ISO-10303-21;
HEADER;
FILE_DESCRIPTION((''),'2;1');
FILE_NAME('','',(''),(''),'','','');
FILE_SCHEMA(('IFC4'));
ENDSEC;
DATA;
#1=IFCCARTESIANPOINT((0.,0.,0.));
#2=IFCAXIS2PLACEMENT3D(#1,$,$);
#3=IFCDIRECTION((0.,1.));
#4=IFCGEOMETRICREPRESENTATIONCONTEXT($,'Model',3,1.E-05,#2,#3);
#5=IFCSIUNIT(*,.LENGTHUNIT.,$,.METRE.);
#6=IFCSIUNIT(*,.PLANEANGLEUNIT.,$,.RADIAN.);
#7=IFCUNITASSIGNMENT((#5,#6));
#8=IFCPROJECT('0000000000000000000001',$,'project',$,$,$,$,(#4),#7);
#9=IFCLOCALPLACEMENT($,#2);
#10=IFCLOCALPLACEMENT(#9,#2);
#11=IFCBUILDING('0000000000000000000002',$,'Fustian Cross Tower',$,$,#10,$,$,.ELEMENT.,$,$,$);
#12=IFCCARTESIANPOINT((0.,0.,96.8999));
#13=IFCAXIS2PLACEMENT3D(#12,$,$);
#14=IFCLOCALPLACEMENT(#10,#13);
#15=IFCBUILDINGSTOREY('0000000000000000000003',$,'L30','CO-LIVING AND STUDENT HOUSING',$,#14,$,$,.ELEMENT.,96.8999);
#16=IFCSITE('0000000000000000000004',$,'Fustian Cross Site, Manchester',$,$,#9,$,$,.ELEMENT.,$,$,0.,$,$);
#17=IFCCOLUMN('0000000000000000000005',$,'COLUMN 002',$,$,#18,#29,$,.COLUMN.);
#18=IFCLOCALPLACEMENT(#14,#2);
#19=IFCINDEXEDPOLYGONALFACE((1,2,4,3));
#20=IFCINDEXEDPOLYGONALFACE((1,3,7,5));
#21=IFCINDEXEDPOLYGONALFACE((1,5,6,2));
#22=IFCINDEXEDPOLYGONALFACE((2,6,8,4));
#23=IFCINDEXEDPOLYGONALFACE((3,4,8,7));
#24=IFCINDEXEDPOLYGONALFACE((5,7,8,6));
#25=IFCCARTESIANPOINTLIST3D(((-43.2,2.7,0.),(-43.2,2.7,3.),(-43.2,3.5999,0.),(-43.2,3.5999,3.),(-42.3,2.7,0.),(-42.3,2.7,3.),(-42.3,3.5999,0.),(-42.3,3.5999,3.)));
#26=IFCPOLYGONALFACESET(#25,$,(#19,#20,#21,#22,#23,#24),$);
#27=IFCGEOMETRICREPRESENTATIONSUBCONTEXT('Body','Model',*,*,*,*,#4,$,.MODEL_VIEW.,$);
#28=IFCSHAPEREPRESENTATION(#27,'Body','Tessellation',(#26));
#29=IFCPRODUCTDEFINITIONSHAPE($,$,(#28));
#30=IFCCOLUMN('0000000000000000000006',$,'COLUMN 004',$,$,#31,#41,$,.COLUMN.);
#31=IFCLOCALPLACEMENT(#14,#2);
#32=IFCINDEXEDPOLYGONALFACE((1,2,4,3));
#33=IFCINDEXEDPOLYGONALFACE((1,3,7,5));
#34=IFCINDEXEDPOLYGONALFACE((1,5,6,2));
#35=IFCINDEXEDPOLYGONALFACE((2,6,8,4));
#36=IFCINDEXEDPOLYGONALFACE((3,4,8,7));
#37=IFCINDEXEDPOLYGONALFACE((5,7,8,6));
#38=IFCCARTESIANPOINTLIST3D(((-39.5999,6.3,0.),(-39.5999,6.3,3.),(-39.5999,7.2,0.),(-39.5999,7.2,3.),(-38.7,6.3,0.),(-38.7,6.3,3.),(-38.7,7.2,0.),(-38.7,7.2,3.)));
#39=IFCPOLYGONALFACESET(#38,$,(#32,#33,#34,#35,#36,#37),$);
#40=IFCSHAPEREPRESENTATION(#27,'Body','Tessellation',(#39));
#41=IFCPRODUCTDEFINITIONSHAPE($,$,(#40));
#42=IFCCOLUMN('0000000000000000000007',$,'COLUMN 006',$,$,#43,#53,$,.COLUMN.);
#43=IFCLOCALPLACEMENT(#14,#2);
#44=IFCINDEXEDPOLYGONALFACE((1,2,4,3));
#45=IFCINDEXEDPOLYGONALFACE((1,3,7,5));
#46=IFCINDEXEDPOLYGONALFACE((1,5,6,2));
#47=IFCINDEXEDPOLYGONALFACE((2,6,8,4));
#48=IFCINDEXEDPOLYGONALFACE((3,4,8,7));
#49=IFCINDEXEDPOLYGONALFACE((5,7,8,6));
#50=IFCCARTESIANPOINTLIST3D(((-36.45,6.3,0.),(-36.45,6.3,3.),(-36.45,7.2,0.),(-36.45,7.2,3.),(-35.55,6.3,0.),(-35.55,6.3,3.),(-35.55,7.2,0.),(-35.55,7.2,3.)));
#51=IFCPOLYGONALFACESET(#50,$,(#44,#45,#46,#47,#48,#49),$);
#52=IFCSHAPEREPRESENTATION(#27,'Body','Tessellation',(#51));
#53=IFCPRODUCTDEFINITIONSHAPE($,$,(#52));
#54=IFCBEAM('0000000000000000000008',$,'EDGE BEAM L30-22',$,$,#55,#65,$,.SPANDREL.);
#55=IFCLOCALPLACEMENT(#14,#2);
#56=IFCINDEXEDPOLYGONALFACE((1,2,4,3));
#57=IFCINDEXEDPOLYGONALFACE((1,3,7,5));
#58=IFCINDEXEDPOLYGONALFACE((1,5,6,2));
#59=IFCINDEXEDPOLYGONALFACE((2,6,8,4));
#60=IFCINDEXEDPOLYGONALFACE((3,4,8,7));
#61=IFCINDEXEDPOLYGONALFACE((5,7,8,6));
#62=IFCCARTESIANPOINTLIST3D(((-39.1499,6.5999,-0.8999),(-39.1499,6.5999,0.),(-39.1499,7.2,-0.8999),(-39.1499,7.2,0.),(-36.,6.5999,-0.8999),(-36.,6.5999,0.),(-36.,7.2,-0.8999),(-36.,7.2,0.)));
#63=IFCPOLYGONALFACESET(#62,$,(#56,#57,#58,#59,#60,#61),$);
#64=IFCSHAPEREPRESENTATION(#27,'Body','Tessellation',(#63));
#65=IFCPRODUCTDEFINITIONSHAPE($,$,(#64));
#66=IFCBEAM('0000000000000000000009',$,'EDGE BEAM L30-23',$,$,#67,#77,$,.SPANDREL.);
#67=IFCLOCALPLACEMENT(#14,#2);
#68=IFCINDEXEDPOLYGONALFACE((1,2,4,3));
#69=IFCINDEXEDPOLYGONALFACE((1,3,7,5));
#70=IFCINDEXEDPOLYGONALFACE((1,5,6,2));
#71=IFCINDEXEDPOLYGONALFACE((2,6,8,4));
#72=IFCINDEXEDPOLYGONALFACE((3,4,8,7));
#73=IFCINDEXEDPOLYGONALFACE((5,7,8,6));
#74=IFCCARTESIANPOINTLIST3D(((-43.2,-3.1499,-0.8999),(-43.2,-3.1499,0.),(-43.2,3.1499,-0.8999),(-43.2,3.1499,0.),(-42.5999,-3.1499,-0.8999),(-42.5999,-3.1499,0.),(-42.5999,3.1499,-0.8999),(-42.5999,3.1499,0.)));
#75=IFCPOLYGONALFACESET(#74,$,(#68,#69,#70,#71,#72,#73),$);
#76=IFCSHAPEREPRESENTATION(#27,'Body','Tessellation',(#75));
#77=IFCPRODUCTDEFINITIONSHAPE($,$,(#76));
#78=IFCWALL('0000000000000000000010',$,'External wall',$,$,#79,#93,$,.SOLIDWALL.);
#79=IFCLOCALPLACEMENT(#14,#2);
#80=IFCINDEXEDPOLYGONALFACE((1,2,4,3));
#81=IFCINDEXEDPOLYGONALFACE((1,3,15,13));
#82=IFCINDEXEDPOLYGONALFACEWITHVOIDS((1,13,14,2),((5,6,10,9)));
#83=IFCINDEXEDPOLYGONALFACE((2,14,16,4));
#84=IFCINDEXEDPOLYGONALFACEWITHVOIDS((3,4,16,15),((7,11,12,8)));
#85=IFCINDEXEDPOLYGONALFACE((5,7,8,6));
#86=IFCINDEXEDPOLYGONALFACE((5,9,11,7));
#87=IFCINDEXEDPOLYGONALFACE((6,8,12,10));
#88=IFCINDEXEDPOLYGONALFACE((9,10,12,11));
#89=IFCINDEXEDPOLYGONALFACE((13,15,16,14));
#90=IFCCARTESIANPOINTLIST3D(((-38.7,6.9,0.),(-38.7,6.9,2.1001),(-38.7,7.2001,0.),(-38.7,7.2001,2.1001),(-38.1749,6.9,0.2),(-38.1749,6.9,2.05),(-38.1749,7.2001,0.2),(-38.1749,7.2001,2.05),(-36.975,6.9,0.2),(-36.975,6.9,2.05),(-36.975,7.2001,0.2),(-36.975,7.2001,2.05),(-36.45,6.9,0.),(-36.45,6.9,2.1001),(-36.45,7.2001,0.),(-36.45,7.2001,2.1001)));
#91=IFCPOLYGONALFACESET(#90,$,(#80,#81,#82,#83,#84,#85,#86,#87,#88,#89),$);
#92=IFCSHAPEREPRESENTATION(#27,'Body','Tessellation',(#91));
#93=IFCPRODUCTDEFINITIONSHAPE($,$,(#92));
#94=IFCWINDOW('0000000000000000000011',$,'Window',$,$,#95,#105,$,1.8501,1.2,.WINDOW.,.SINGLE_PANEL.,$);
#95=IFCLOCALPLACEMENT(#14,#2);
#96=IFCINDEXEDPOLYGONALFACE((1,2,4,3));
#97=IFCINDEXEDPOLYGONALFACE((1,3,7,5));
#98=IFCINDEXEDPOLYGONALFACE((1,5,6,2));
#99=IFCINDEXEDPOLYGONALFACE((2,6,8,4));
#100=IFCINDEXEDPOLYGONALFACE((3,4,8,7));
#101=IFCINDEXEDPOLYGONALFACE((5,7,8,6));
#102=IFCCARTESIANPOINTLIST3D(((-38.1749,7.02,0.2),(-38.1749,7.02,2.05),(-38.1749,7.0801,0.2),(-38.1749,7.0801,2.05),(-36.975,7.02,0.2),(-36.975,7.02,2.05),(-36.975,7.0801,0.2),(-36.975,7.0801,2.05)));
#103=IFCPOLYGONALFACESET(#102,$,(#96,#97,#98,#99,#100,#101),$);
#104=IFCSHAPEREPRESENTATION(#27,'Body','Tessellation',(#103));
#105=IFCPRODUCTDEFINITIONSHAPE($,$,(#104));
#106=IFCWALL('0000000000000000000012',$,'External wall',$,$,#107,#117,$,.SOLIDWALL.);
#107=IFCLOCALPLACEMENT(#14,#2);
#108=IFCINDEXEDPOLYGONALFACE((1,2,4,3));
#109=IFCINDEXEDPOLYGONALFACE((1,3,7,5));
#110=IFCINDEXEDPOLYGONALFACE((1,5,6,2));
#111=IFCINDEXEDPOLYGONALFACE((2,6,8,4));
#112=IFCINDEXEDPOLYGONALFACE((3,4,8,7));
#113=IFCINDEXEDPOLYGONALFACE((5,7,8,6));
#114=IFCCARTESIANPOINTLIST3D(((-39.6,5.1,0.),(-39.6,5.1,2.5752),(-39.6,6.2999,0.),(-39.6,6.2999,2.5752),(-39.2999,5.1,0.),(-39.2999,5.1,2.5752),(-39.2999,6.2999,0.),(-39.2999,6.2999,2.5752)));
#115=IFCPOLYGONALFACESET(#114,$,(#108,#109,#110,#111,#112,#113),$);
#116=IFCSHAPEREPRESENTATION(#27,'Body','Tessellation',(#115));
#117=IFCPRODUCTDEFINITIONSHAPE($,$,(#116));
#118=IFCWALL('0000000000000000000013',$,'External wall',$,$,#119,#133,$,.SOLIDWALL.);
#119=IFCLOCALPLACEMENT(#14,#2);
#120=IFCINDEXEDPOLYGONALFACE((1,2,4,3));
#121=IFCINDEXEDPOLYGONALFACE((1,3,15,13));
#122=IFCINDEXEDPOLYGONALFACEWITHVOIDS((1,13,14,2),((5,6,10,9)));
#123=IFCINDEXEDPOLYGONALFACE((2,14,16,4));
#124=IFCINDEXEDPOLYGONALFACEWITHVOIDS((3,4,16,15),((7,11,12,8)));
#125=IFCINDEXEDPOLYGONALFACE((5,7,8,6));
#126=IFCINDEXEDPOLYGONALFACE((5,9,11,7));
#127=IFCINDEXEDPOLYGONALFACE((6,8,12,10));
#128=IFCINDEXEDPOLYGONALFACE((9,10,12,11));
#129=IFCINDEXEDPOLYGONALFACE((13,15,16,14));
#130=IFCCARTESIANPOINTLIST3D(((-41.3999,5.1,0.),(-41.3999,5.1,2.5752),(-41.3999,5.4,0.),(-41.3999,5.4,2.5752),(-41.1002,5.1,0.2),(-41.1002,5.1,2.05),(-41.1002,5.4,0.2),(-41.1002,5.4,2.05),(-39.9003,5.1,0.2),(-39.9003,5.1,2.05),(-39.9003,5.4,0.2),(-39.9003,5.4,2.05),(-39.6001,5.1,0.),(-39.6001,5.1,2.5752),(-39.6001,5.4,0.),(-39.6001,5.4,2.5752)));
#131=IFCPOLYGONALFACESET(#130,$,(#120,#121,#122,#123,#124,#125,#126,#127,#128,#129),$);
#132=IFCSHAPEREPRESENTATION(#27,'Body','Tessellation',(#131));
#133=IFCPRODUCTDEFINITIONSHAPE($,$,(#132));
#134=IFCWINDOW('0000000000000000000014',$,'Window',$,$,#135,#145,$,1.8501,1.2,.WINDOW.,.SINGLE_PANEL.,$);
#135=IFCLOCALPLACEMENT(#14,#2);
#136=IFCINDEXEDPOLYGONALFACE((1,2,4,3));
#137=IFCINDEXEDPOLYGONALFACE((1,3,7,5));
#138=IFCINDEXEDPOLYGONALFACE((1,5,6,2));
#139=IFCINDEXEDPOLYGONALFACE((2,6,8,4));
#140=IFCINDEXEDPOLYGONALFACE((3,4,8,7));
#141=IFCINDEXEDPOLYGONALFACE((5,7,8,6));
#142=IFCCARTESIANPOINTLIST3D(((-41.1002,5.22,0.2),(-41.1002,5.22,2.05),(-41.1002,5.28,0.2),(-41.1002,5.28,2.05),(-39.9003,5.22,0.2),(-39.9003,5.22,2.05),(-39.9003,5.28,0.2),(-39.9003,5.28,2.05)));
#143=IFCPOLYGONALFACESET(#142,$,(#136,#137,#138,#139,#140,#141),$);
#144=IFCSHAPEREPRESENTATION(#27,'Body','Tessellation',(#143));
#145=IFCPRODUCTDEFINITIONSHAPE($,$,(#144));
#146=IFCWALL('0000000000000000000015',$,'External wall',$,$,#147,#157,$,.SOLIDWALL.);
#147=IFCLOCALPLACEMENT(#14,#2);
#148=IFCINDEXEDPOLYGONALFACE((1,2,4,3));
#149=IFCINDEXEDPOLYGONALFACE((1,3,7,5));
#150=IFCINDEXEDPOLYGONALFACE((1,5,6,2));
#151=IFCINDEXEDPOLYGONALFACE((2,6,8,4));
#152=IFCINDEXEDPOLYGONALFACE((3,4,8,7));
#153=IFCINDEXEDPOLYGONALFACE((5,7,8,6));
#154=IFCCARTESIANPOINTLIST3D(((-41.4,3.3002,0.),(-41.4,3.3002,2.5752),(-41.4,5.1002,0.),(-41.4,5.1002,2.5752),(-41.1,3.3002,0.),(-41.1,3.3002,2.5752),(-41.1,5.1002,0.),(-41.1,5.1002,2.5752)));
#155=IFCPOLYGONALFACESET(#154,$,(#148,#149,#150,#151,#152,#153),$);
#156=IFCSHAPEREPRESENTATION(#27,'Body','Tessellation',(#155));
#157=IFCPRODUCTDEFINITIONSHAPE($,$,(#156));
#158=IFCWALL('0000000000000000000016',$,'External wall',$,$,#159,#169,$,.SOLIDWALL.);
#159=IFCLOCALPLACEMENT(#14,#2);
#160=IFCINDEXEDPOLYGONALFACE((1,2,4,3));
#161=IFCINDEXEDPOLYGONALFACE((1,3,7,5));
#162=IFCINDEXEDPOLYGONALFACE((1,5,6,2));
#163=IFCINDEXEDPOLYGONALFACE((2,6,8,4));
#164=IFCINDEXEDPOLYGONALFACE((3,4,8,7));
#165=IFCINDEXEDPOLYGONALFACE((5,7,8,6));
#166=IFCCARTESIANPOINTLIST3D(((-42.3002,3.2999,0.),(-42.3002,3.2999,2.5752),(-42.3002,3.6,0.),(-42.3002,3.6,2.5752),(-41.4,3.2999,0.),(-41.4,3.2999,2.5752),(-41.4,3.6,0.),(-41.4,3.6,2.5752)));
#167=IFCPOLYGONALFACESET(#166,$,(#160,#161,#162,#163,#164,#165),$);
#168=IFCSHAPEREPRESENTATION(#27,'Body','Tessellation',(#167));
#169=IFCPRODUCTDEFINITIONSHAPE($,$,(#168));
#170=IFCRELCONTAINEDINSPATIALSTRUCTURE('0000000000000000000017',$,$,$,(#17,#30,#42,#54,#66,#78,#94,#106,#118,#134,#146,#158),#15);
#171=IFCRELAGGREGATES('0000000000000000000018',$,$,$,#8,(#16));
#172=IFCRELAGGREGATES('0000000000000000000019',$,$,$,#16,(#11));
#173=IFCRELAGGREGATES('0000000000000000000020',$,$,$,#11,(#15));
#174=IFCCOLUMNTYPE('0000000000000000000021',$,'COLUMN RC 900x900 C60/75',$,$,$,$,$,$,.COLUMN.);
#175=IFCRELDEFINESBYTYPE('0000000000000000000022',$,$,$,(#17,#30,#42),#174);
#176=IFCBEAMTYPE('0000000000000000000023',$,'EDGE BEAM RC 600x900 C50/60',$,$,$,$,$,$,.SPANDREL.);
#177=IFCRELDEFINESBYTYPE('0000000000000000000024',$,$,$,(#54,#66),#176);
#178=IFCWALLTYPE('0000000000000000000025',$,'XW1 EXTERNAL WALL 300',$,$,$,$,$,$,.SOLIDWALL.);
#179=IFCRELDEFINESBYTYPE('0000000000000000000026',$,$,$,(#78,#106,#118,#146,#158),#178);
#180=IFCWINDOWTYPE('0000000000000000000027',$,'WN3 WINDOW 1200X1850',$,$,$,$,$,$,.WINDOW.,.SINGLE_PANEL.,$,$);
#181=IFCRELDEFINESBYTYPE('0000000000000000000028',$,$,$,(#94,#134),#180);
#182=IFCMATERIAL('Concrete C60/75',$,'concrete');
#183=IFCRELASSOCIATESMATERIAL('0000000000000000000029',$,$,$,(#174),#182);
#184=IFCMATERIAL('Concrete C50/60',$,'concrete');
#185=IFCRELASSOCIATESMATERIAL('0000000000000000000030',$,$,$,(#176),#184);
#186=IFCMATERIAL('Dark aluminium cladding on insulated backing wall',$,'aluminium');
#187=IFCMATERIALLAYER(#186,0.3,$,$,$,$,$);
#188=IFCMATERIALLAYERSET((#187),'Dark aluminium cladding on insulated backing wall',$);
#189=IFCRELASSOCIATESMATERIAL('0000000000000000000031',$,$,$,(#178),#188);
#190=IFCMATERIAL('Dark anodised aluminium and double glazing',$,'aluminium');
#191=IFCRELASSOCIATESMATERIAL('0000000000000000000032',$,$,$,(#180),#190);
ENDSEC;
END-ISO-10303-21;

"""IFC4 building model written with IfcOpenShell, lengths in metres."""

from ifc_helpers import new_model, si_unit, direction, frame, frame_2d, origin, origin_2d, place, context, subcontext, project, spatial, rectangle, extrude, material, layer, layer_set, material_profile, profile_set, type_object, element, fill, save


model = new_model("IFC4")

# Units and contexts
model_context = context("Model", 3, precision=1e-05, world=origin(), true_north=direction((0.0, 1.0)))
body_context = subcontext(model_context, "Body", "Model", "MODEL_VIEW")
ifc_project = project(units=[si_unit("LENGTHUNIT", "METRE"), si_unit("PLANEANGLEUNIT", "RADIAN")], contexts=[model_context])

# Site, building, storey
site_placement = place(None, origin())
site = spatial("IfcSite", under=ifc_project, at=site_placement, Name="Fustian Cross Site, Manchester", CompositionType="ELEMENT", RefElevation=0.0)
building_placement = place(site_placement, origin())
building = spatial("IfcBuilding", under=site, at=building_placement, Name="Fustian Cross Tower", CompositionType="ELEMENT")
storey_placement = place(building_placement, frame((0.0, 0.0, 96.8999)))
storey = spatial("IfcBuildingStorey", under=building, at=storey_placement, Name="L30", Description="CO-LIVING AND STUDENT HOUSING", CompositionType="ELEMENT", Elevation=96.8999)

# Columns
ifc_material_1 = material(Name="Concrete C60/75", Category="concrete")
ifc_material_profile_1 = material_profile(ifc_material_1, rectangle(XDim=0.8999, YDim=0.8999, at=origin_2d()), Name="RC 900x900")
ifc_profile_set_1 = profile_set([ifc_material_profile_1], Name="Concrete C60/75")
column_type = type_object("IfcColumnType", Name="COLUMN RC 900x900 C60/75", PredefinedType="COLUMN", material=ifc_profile_set_1)
for number, where, z_axis, x_axis, name in (
    (1, (-42.75, 3.1499, 0.0), (0.0, 0.0, 1.0), (1.0, 0.0, 0.0), "COLUMN 002"),
    (2, (-39.1499, 6.75, 0.0), (0.0, 0.0, 1.0), (1.0, 0.0, 0.0), "COLUMN 004"),
    (3, (-36.0, 6.75, 0.0), (0.0, 0.0, 1.0), (1.0, 0.0, 0.0), "COLUMN 006"),
):
    element("IfcColumn", number, at=place(storey_placement, frame(where, z_axis=z_axis, x_axis=x_axis)), inside=storey, type_object=column_type, Name=name, PredefinedType="COLUMN", context=body_context, shape_type="SweptSolid", body=[
        extrude(rectangle(XDim=0.8999, YDim=0.8999, at=origin_2d()), origin(), (0.0, 0.0, 1.0), 3.0),
    ])

# Beams
ifc_material_2 = material(Name="Concrete C50/60", Category="concrete")
ifc_material_profile_2 = material_profile(ifc_material_2, rectangle(XDim=0.6001, YDim=0.8999, at=origin_2d()), Name="RC 600x900")
ifc_profile_set_2 = profile_set([ifc_material_profile_2], Name="Concrete C50/60")
beam_type = type_object("IfcBeamType", Name="EDGE BEAM RC 600x900 C50/60", PredefinedType="SPANDREL", material=ifc_profile_set_2)
beam_1_placement = place(storey_placement, frame((-36.0, 6.8999, -0.45), z_axis=(-1.0, 0.0, 0.0), x_axis=(0.0, -1.0, 0.0)))
element("IfcBeam", 4, at=beam_1_placement, inside=storey, type_object=beam_type, Name="EDGE BEAM L30-22", PredefinedType="SPANDREL", context=body_context, shape_type="SweptSolid", body=[
    extrude(rectangle(XDim=0.6001, YDim=0.8999, at=origin_2d()), origin(), (0.0, 0.0, 1.0), 3.1499),
])
beam_2_placement = place(storey_placement, frame((-42.8999, 3.1499, -0.45), z_axis=(0.0, -1.0, 0.0), x_axis=(1.0, 0.0, 0.0)))
element("IfcBeam", 5, at=beam_2_placement, inside=storey, type_object=beam_type, Name="EDGE BEAM L30-23", PredefinedType="SPANDREL", context=body_context, shape_type="SweptSolid", body=[
    extrude(rectangle(XDim=0.6001, YDim=0.8999, at=origin_2d()), origin(), (0.0, 0.0, 1.0), 6.2998),
])

# Wall, opening, window
ifc_material_3 = material(Name="Dark aluminium cladding on insulated backing wall", Category="aluminium")
ifc_layer = layer(ifc_material_3, 0.3)
ifc_layer_set = layer_set([ifc_layer], Name="Dark aluminium cladding on insulated backing wall")
wall_type = type_object("IfcWallType", Name="XW1 EXTERNAL WALL 300", PredefinedType="SOLIDWALL", material=ifc_layer_set)
wall_1_placement = place(storey_placement, frame((-36.45, 7.05, 0.0), z_axis=(0.0, 0.0, 1.0), x_axis=(-1.0, 0.0, 0.0)))
wall_1 = element("IfcWall", 6, at=wall_1_placement, inside=storey, type_object=wall_type, Name="External wall", PredefinedType="SOLIDWALL", context=body_context, shape_type="SweptSolid", body=[
    extrude(rectangle(XDim=2.25, YDim=0.3, at=frame_2d((1.125, 0.0))), origin(), (0.0, 0.0, 1.0), 2.1001),
])
opening_1_placement = place(wall_1_placement, frame((0.5249, 0.0, 0.2)))
opening_1 = element("IfcOpeningElement", 7, at=opening_1_placement, cuts=wall_1, PredefinedType="OPENING", context=body_context, shape_type="SweptSolid", body=[
    extrude(rectangle(XDim=1.2, YDim=1.8501, at=frame_2d((0.6001, 0.925))), frame((0.0, 0.1599, 0.0), z_axis=(0.0, -1.0, 0.0), x_axis=(1.0, 0.0, 0.0)), (0.0, 0.0, 1.0), 0.3201),
])
ifc_material_4 = material(Name="Dark anodised aluminium and double glazing", Category="aluminium")
window_type_1 = type_object("IfcWindowType", Name="WN3 WINDOW 1200X1850", PartitioningType="SINGLE_PANEL", PredefinedType="WINDOW", material=ifc_material_4)
window_1_placement = place(opening_1_placement, origin())
window_1 = element("IfcWindow", 8, at=window_1_placement, inside=storey, type_object=window_type_1, Name="Window", OverallHeight=1.8501, OverallWidth=1.2, PartitioningType="SINGLE_PANEL", PredefinedType="WINDOW", context=body_context, shape_type="SweptSolid", body=[
    extrude(rectangle(XDim=1.2, YDim=1.8501, at=frame_2d((0.6001, 0.925))), frame((0.0, 0.03, 0.0), z_axis=(0.0, -1.0, 0.0), x_axis=(1.0, 0.0, 0.0)), (0.0, 0.0, 1.0), 0.0601),
])
fill(opening_1, window_1)

# Wall
wall_2_placement = place(storey_placement, frame((-39.45, 6.3, 0.0), z_axis=(0.0, 0.0, 1.0), x_axis=(0.0, -1.0, 0.0)))
element("IfcWall", 9, at=wall_2_placement, inside=storey, type_object=wall_type, Name="External wall", PredefinedType="SOLIDWALL", context=body_context, shape_type="SweptSolid", body=[
    extrude(rectangle(XDim=1.2, YDim=0.3, at=frame_2d((0.6001, 0.0))), origin(), (0.0, 0.0, 1.0), 2.5752),
])

# Wall, opening, window
wall_3_placement = place(storey_placement, frame((-39.6001, 5.25, 0.0), z_axis=(0.0, 0.0, 1.0), x_axis=(-1.0, 0.0, 0.0)))
wall_3 = element("IfcWall", 10, at=wall_3_placement, inside=storey, type_object=wall_type, Name="External wall", PredefinedType="SOLIDWALL", context=body_context, shape_type="SweptSolid", body=[
    extrude(rectangle(XDim=1.7998, YDim=0.3, at=frame_2d((0.8999, 0.0))), origin(), (0.0, 0.0, 1.0), 2.5752),
])
opening_2_placement = place(wall_3_placement, frame((0.3, 0.0, 0.2)))
opening_2 = element("IfcOpeningElement", 11, at=opening_2_placement, cuts=wall_3, PredefinedType="OPENING", context=body_context, shape_type="SweptSolid", body=[
    extrude(rectangle(XDim=1.2, YDim=1.8501, at=frame_2d((0.6001, 0.925))), frame((0.0, 0.1599, 0.0), z_axis=(0.0, -1.0, 0.0), x_axis=(1.0, 0.0, 0.0)), (0.0, 0.0, 1.0), 0.3201),
])
window_2_placement = place(opening_2_placement, origin())
window_2 = element("IfcWindow", 12, at=window_2_placement, inside=storey, type_object=window_type_1, Name="Window", OverallHeight=1.8501, OverallWidth=1.2, PartitioningType="SINGLE_PANEL", PredefinedType="WINDOW", context=body_context, shape_type="SweptSolid", body=[
    extrude(rectangle(XDim=1.2, YDim=1.8501, at=frame_2d((0.6001, 0.925))), frame((0.0, 0.03, 0.0), z_axis=(0.0, -1.0, 0.0), x_axis=(1.0, 0.0, 0.0)), (0.0, 0.0, 1.0), 0.0601),
])
fill(opening_2, window_2)

# Walls
wall_4_placement = place(storey_placement, frame((-41.25, 5.1001, 0.0), z_axis=(0.0, 0.0, 1.0), x_axis=(0.0, -1.0, 0.0)))
element("IfcWall", 13, at=wall_4_placement, inside=storey, type_object=wall_type, Name="External wall", PredefinedType="SOLIDWALL", context=body_context, shape_type="SweptSolid", body=[
    extrude(rectangle(XDim=1.8, YDim=0.3, at=frame_2d((0.8999, 0.0))), origin(), (0.0, 0.0, 1.0), 2.5752),
])
wall_5_placement = place(storey_placement, frame((-41.3999, 3.45, 0.0), z_axis=(0.0, 0.0, 1.0), x_axis=(-1.0, 0.0, 0.0)))
element("IfcWall", 14, at=wall_5_placement, inside=storey, type_object=wall_type, Name="External wall", PredefinedType="SOLIDWALL", context=body_context, shape_type="SweptSolid", body=[
    extrude(rectangle(XDim=0.9001, YDim=0.3, at=frame_2d((0.4502, 0.0))), origin(), (0.0, 0.0, 1.0), 2.5752),
])

save(model, "model.ifc")
